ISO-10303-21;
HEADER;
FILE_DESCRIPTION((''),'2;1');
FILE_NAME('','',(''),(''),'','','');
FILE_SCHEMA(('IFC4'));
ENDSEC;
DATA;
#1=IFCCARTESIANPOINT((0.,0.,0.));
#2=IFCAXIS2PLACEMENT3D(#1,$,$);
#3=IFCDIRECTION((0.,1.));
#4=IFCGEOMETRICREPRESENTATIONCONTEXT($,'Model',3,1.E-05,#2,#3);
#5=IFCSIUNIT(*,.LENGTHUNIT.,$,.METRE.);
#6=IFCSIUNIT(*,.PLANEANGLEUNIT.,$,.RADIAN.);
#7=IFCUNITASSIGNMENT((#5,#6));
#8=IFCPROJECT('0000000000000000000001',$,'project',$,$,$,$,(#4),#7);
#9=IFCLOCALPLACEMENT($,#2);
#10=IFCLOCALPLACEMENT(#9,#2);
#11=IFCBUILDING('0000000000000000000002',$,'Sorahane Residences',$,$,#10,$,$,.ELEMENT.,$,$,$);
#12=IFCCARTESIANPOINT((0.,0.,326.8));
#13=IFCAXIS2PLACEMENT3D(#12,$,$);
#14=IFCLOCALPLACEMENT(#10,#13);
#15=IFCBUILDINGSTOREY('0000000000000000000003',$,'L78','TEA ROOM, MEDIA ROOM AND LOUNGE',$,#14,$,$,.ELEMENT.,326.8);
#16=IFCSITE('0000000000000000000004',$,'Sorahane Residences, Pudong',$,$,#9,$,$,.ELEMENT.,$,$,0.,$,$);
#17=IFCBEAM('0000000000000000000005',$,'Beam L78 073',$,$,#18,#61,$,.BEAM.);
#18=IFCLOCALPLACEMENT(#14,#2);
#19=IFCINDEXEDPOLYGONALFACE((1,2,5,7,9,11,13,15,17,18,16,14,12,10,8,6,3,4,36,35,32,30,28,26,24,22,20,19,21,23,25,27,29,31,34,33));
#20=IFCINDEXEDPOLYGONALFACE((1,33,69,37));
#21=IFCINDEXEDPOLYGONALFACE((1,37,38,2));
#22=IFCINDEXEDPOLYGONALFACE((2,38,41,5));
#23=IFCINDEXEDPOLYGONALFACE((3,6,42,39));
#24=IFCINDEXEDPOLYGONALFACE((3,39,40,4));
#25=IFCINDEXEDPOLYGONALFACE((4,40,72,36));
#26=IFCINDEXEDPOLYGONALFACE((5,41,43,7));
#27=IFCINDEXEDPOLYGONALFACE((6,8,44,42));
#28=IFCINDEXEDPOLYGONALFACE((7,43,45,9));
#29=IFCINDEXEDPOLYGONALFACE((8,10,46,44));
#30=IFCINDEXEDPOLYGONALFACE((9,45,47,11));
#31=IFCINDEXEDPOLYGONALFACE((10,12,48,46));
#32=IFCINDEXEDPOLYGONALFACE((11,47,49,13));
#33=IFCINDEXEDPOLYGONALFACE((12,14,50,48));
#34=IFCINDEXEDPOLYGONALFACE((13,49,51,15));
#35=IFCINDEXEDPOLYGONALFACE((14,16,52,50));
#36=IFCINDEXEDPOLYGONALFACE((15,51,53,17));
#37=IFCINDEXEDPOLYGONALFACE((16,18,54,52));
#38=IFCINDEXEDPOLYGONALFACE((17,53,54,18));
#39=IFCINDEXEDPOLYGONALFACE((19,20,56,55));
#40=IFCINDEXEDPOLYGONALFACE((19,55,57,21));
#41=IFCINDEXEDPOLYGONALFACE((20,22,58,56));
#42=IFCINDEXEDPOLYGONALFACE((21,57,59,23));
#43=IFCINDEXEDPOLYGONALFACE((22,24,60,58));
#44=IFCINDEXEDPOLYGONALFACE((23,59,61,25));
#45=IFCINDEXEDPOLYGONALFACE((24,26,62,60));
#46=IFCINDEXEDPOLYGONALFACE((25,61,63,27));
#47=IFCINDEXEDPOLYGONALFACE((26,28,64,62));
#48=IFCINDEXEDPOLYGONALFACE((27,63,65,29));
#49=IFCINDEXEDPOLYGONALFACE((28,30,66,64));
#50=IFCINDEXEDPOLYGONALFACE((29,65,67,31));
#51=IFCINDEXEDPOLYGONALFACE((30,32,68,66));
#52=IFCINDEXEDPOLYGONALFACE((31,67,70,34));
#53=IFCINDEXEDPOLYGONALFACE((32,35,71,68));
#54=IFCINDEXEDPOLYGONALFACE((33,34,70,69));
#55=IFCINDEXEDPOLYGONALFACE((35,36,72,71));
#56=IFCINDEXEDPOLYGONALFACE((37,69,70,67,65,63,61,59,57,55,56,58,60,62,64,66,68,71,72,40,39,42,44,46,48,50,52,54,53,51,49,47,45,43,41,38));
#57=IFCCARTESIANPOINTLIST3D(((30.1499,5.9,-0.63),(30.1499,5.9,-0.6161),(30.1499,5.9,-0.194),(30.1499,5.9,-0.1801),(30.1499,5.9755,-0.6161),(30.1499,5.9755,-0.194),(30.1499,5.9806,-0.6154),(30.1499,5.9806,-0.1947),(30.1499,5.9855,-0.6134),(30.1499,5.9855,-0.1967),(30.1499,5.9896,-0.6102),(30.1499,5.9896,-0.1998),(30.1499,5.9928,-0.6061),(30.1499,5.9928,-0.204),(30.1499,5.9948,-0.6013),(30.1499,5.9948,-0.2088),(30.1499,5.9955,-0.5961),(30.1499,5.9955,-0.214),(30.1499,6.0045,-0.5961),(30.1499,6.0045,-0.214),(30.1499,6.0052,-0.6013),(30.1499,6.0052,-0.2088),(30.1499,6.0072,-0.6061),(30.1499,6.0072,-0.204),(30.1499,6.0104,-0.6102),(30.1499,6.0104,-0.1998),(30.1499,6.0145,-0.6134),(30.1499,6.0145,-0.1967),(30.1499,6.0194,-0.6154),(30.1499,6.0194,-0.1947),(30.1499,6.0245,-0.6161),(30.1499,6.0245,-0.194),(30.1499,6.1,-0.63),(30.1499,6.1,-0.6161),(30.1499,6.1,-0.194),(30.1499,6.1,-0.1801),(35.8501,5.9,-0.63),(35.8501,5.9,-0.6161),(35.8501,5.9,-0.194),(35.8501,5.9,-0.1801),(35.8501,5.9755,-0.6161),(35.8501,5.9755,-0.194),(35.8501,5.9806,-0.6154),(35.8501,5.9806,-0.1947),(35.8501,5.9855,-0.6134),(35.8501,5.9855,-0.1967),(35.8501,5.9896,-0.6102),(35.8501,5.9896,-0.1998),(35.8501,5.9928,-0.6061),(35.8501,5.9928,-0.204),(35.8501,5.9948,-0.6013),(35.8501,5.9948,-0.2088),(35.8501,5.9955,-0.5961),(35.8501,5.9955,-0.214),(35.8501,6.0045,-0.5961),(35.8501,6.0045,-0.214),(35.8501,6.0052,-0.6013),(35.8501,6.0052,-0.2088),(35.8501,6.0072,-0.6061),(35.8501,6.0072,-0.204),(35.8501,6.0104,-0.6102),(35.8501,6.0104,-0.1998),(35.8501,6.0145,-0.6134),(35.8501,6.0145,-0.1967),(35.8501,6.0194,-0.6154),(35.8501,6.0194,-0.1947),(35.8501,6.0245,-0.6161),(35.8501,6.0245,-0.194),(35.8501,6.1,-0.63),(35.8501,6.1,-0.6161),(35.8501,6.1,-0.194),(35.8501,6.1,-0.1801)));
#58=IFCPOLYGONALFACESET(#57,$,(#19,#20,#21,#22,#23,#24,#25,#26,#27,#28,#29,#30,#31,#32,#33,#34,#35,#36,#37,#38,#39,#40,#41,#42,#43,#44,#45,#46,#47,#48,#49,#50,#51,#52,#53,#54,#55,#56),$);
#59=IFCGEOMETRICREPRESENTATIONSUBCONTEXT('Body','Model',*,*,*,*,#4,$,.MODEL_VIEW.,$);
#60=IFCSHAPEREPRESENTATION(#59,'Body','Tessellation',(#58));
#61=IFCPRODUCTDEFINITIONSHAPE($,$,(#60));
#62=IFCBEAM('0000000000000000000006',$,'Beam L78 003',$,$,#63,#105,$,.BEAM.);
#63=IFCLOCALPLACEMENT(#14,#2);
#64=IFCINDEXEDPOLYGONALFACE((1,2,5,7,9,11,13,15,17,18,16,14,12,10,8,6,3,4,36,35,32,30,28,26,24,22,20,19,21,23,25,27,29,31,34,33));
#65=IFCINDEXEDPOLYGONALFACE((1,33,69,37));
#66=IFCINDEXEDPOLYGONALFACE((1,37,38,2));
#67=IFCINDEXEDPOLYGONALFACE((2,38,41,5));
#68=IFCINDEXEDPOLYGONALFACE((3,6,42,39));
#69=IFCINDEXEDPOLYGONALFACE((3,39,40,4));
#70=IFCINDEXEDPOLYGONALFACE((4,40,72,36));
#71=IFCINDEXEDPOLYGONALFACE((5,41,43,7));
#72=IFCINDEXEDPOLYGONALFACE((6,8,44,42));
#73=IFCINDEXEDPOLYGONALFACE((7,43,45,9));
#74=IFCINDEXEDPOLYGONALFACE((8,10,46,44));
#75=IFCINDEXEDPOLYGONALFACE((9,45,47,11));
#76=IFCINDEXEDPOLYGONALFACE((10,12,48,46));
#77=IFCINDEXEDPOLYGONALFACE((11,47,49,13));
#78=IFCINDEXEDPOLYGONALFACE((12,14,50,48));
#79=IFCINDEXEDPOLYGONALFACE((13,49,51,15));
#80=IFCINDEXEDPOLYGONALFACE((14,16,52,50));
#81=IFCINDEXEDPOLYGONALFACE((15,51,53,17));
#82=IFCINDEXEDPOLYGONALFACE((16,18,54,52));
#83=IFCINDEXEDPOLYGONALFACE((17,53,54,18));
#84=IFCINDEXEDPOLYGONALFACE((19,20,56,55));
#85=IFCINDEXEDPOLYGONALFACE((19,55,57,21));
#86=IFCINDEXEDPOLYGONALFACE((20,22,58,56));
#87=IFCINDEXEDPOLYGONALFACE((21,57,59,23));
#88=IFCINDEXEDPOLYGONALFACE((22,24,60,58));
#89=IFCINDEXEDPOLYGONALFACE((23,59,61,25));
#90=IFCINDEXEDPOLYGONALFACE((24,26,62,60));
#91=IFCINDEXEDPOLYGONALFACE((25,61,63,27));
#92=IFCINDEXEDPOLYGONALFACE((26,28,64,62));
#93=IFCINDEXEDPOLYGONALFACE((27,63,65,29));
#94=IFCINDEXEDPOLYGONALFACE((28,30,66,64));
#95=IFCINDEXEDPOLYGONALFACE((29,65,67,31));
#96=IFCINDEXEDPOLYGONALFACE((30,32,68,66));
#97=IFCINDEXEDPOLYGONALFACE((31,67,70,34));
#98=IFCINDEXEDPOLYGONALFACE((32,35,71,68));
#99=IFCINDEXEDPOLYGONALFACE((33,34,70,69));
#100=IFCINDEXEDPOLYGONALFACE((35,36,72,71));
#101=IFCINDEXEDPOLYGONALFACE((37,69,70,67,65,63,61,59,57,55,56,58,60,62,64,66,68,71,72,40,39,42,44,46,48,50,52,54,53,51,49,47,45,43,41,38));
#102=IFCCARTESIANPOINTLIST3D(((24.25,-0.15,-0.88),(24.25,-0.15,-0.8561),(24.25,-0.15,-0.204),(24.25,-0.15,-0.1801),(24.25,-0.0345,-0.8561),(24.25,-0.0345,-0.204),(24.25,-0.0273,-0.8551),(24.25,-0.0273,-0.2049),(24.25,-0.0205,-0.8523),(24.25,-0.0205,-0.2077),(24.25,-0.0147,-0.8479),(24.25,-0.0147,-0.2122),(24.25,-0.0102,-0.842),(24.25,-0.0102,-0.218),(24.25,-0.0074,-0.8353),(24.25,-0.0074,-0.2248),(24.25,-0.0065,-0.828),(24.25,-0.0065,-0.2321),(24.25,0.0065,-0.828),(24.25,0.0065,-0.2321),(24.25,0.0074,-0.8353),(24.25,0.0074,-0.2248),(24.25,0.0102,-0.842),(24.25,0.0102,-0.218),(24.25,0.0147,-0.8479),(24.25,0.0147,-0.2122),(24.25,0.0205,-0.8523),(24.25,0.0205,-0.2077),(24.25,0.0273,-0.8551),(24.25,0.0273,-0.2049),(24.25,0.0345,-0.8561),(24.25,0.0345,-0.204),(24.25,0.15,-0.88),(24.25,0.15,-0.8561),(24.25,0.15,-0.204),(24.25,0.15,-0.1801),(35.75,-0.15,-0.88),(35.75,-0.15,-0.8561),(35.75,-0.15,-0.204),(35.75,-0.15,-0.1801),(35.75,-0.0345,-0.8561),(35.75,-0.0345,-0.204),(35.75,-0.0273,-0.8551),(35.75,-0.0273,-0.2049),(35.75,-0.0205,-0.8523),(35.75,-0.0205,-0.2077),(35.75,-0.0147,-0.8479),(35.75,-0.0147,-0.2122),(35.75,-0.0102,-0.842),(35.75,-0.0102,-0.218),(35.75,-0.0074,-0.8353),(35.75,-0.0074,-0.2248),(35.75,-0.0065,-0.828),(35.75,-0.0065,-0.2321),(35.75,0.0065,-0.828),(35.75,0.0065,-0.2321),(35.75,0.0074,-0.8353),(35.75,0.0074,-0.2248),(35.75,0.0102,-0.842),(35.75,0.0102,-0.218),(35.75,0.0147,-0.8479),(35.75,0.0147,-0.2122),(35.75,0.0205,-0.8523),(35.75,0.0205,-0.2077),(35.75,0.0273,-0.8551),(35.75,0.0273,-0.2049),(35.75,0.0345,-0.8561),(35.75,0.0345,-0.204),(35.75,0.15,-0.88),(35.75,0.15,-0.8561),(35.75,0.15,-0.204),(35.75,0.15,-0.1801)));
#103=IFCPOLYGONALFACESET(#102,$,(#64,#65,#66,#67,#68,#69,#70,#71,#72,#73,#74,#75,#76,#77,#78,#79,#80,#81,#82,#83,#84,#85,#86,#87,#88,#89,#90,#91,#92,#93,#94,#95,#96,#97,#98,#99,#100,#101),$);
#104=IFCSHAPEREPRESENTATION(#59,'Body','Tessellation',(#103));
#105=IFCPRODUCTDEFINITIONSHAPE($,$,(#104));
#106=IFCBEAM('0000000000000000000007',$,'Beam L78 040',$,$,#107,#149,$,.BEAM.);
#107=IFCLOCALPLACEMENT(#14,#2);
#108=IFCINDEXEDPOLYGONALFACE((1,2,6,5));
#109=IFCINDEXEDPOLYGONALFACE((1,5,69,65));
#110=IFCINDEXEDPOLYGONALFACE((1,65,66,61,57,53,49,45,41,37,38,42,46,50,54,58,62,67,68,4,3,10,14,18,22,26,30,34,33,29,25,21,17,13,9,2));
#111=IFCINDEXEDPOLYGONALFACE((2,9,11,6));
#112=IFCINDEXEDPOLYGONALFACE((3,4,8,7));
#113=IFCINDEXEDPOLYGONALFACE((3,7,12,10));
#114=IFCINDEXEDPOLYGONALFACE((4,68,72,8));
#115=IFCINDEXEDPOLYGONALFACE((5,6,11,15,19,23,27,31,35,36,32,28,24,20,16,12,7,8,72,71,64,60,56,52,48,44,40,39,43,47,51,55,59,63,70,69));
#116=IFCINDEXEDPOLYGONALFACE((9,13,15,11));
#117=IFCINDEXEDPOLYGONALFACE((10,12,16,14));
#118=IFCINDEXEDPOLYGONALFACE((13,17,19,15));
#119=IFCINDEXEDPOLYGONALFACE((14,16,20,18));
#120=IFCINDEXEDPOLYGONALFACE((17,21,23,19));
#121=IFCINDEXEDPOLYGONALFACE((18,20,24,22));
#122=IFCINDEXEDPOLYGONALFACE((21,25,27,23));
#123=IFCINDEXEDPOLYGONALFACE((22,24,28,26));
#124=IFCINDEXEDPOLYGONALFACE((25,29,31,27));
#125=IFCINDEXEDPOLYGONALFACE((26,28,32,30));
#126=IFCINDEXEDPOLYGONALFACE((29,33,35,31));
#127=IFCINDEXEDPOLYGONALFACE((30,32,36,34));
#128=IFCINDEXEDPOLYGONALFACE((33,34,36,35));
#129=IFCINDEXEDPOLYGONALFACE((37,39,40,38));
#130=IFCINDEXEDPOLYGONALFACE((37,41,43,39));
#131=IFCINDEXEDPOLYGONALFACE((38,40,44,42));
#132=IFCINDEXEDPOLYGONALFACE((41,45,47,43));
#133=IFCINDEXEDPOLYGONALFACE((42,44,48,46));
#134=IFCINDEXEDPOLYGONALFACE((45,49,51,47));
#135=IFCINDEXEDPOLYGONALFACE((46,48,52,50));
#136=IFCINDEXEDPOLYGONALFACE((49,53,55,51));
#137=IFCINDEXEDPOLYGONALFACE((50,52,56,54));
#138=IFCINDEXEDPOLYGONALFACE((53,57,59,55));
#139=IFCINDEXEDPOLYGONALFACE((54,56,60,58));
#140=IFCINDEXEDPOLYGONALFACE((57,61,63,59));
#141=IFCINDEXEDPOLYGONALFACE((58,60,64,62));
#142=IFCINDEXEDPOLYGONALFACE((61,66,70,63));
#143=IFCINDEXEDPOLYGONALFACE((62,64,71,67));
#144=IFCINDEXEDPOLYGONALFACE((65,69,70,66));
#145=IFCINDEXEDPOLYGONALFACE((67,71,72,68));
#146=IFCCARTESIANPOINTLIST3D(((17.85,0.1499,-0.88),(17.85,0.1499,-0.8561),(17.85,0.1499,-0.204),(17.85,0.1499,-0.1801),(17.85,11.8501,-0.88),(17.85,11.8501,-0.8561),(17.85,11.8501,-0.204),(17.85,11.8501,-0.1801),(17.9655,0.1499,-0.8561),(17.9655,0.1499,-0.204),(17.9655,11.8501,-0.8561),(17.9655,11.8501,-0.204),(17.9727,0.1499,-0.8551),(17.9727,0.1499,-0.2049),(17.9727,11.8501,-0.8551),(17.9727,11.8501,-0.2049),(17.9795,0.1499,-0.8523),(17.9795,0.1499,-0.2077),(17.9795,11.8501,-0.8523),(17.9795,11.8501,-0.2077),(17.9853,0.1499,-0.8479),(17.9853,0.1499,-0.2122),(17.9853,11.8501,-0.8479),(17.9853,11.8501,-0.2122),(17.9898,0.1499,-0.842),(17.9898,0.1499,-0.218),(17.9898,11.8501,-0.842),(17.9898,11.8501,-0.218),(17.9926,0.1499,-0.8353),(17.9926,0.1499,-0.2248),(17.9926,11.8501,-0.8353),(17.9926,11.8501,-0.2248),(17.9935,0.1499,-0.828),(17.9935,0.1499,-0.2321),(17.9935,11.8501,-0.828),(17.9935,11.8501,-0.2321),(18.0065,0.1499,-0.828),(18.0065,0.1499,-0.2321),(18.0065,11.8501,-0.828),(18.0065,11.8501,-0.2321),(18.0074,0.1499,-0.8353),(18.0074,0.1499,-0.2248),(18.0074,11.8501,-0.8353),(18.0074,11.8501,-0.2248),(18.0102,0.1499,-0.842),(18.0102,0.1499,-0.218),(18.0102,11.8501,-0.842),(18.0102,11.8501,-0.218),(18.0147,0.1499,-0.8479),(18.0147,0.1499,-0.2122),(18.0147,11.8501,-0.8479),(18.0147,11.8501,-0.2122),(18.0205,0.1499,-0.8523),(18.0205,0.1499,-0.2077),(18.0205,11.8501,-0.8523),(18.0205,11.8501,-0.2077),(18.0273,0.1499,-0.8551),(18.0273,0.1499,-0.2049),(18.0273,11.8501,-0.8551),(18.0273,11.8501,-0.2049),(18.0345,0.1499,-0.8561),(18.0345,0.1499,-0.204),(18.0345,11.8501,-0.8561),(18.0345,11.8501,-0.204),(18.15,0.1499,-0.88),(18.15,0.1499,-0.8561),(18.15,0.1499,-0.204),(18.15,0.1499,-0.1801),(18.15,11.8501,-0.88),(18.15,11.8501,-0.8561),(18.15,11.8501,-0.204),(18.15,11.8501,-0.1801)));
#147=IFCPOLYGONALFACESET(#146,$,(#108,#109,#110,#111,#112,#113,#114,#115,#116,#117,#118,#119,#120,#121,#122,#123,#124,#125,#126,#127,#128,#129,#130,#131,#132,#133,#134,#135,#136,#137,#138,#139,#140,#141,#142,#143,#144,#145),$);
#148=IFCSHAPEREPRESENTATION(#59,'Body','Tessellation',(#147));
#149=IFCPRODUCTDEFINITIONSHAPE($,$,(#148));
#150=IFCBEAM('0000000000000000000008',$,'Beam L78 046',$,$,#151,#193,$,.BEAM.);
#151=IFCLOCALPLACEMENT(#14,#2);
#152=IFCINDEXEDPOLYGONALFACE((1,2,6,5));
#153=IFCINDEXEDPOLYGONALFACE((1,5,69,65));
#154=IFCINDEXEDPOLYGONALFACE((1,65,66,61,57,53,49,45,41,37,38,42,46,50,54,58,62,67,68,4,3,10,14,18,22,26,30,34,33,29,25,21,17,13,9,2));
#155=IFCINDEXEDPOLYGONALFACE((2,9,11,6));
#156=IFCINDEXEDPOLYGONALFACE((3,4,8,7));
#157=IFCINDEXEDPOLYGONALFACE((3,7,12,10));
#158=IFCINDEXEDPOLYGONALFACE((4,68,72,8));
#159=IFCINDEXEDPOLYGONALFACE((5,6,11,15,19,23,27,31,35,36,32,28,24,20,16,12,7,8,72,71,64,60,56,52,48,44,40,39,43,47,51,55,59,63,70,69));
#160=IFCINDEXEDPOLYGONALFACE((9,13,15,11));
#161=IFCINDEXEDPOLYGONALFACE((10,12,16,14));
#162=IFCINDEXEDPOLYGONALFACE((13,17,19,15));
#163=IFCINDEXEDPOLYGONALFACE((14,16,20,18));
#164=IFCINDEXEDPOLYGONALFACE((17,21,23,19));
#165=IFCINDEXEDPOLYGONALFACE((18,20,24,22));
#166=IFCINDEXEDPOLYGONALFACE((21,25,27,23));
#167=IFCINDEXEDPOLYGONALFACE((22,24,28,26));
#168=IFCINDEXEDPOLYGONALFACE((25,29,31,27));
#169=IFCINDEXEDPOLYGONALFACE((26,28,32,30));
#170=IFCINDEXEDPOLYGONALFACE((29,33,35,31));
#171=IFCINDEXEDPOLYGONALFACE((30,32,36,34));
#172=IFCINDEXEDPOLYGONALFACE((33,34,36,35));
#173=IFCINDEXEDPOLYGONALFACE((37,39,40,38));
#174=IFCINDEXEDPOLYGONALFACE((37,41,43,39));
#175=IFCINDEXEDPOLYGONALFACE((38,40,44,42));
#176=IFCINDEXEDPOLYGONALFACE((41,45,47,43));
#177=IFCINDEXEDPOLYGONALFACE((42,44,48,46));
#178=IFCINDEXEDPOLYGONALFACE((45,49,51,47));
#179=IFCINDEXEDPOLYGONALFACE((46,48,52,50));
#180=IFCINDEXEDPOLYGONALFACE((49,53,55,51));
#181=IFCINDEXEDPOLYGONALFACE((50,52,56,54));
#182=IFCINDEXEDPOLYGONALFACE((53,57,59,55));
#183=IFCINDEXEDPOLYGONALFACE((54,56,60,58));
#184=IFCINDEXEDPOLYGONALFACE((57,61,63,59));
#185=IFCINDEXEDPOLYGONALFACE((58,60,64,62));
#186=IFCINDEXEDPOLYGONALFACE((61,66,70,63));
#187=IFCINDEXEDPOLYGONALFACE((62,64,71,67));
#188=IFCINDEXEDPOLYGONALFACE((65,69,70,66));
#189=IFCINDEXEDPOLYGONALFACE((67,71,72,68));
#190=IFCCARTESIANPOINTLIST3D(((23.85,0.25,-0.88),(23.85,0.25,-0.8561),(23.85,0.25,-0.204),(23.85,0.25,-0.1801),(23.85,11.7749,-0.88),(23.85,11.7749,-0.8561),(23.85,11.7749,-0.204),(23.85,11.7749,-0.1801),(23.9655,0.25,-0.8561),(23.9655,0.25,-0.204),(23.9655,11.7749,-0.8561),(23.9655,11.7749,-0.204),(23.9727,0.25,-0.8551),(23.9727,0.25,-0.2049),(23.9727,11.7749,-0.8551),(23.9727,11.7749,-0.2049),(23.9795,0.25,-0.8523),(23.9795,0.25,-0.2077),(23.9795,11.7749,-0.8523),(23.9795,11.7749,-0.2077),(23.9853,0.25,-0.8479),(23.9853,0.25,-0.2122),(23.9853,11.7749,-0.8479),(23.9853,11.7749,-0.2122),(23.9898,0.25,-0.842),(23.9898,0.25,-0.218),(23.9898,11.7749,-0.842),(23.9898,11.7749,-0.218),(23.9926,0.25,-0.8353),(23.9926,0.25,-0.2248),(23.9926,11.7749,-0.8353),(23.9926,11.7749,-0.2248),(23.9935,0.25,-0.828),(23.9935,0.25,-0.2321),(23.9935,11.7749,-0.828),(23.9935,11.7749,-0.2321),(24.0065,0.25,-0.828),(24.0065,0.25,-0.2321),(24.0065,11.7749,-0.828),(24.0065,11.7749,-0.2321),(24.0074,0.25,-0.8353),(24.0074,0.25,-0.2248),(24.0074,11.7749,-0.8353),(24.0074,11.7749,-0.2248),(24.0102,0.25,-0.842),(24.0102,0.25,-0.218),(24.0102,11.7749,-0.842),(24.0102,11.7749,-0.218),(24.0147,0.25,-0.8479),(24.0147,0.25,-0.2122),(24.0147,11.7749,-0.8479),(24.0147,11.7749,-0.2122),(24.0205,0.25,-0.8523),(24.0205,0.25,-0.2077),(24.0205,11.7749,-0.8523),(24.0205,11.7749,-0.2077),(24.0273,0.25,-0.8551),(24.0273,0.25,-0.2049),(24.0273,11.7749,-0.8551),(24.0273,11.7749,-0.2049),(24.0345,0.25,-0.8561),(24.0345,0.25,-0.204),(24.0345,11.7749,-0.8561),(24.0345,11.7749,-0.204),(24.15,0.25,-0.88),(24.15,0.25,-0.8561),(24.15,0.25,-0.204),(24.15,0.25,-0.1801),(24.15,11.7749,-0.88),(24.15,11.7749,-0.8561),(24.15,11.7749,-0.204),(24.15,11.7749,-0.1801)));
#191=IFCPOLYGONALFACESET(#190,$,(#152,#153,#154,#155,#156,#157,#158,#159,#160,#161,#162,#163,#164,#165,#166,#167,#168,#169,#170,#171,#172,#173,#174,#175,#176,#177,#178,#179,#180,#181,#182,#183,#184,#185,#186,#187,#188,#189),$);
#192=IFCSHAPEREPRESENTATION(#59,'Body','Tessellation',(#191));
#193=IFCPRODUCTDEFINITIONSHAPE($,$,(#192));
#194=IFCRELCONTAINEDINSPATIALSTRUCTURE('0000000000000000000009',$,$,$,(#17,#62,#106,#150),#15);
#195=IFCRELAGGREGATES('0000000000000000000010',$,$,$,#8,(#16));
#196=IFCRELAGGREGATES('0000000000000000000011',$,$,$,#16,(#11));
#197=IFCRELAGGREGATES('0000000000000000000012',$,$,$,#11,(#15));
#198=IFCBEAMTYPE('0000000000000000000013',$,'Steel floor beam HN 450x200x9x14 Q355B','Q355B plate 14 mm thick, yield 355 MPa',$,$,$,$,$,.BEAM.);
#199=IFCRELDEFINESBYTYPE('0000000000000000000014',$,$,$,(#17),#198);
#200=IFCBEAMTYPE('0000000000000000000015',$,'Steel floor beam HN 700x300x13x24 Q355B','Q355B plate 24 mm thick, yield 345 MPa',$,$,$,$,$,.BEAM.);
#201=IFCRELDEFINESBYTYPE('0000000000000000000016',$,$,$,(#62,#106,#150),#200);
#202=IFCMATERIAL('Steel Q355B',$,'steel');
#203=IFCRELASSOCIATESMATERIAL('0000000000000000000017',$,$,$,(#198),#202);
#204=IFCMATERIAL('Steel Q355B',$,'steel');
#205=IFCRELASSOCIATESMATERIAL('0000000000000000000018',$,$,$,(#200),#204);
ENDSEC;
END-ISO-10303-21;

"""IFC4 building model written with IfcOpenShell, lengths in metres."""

from ifc_helpers import new_model, si_unit, direction, frame, origin, origin_2d, place, context, subcontext, project, spatial, i_section, extrude, material, material_profile, profile_set, type_object, element, save


model = new_model("IFC4")

# Units and contexts
model_context = context("Model", 3, precision=1e-05, world=origin(), true_north=direction((0.0, 1.0)))
body_context = subcontext(model_context, "Body", "Model", "MODEL_VIEW")
ifc_project = project(units=[si_unit("LENGTHUNIT", "METRE"), si_unit("PLANEANGLEUNIT", "RADIAN")], contexts=[model_context])

# Site, building, storey
site_placement = place(None, origin())
site = spatial("IfcSite", under=ifc_project, at=site_placement, Name="Sorahane Residences, Pudong", CompositionType="ELEMENT", RefElevation=0.0)
building_placement = place(site_placement, origin())
building = spatial("IfcBuilding", under=site, at=building_placement, Name="Sorahane Residences", CompositionType="ELEMENT")
storey_placement = place(building_placement, frame((0.0, 0.0, 326.8)))
storey = spatial("IfcBuildingStorey", under=building, at=storey_placement, Name="L78", Description="TEA ROOM, MEDIA ROOM AND LOUNGE", CompositionType="ELEMENT", Elevation=326.8)

# Beams
ifc_material_1 = material(Name="Steel Q355B", Category="steel")
ifc_material_profile_1 = material_profile(ifc_material_1, i_section(OverallWidth=0.2, OverallDepth=0.45, WebThickness=0.009, FlangeThickness=0.0139, FilletRadius=0.02, at=origin_2d()), Name="HN 450x200x9x14")
ifc_profile_set_1 = profile_set([ifc_material_profile_1], Name="Steel Q355B")
beam_type_1 = type_object("IfcBeamType", Name="Steel floor beam HN 450x200x9x14 Q355B", Description="Q355B plate 14 mm thick, yield 355 MPa", PredefinedType="BEAM", material=ifc_profile_set_1)
for number, where, z_axis, x_axis, name in (
    (1, (30.1499, 6.0, -0.405), (1.0, 0.0, 0.0), (0.0, 1.0, 0.0), "Beam L78 073"),
):
    element("IfcBeam", number, at=place(storey_placement, frame(where, z_axis=z_axis, x_axis=x_axis)), inside=storey, type_object=beam_type_1, Name=name, PredefinedType="BEAM", context=body_context, shape_type="SweptSolid", body=[
        extrude(i_section(OverallWidth=0.2, OverallDepth=0.45, WebThickness=0.009, FlangeThickness=0.0139, FilletRadius=0.02, at=origin_2d()), origin(), (0.0, 0.0, 1.0), 5.7002),
    ])
ifc_material_2 = material(Name="Steel Q355B", Category="steel")
ifc_material_profile_2 = material_profile(ifc_material_2, i_section(OverallWidth=0.3, OverallDepth=0.7, WebThickness=0.0129, FlangeThickness=0.0239, FilletRadius=0.0281, at=origin_2d()), Name="HN 700x300x13x24")
ifc_profile_set_2 = profile_set([ifc_material_profile_2], Name="Steel Q355B")
beam_type_2 = type_object("IfcBeamType", Name="Steel floor beam HN 700x300x13x24 Q355B", Description="Q355B plate 24 mm thick, yield 345 MPa", PredefinedType="BEAM", material=ifc_profile_set_2)
beam_1_placement = place(storey_placement, frame((24.25, 0.0, -0.53), z_axis=(1.0, 0.0, 0.0), x_axis=(0.0, 1.0, 0.0)))
element("IfcBeam", 2, at=beam_1_placement, inside=storey, type_object=beam_type_2, Name="Beam L78 003", PredefinedType="BEAM", context=body_context, shape_type="SweptSolid", body=[
    extrude(i_section(OverallWidth=0.3, OverallDepth=0.7, WebThickness=0.0129, FlangeThickness=0.0239, FilletRadius=0.0281, at=origin_2d()), origin(), (0.0, 0.0, 1.0), 11.5),
])
beam_2_placement = place(storey_placement, frame((18.0, 0.1499, -0.53), z_axis=(0.0, 1.0, 0.0), x_axis=(-1.0, 0.0, 0.0)))
element("IfcBeam", 3, at=beam_2_placement, inside=storey, type_object=beam_type_2, Name="Beam L78 040", PredefinedType="BEAM", context=body_context, shape_type="SweptSolid", body=[
    extrude(i_section(OverallWidth=0.3, OverallDepth=0.7, WebThickness=0.0129, FlangeThickness=0.0239, FilletRadius=0.0281, at=origin_2d()), origin(), (0.0, 0.0, 1.0), 11.7002),
])
beam_3_placement = place(storey_placement, frame((24.0, 0.25, -0.53), z_axis=(0.0, 1.0, 0.0), x_axis=(-1.0, 0.0, 0.0)))
element("IfcBeam", 4, at=beam_3_placement, inside=storey, type_object=beam_type_2, Name="Beam L78 046", PredefinedType="BEAM", context=body_context, shape_type="SweptSolid", body=[
    extrude(i_section(OverallWidth=0.3, OverallDepth=0.7, WebThickness=0.0129, FlangeThickness=0.0239, FilletRadius=0.0281, at=origin_2d()), origin(), (0.0, 0.0, 1.0), 11.5249),
])

save(model, "model.ifc")
